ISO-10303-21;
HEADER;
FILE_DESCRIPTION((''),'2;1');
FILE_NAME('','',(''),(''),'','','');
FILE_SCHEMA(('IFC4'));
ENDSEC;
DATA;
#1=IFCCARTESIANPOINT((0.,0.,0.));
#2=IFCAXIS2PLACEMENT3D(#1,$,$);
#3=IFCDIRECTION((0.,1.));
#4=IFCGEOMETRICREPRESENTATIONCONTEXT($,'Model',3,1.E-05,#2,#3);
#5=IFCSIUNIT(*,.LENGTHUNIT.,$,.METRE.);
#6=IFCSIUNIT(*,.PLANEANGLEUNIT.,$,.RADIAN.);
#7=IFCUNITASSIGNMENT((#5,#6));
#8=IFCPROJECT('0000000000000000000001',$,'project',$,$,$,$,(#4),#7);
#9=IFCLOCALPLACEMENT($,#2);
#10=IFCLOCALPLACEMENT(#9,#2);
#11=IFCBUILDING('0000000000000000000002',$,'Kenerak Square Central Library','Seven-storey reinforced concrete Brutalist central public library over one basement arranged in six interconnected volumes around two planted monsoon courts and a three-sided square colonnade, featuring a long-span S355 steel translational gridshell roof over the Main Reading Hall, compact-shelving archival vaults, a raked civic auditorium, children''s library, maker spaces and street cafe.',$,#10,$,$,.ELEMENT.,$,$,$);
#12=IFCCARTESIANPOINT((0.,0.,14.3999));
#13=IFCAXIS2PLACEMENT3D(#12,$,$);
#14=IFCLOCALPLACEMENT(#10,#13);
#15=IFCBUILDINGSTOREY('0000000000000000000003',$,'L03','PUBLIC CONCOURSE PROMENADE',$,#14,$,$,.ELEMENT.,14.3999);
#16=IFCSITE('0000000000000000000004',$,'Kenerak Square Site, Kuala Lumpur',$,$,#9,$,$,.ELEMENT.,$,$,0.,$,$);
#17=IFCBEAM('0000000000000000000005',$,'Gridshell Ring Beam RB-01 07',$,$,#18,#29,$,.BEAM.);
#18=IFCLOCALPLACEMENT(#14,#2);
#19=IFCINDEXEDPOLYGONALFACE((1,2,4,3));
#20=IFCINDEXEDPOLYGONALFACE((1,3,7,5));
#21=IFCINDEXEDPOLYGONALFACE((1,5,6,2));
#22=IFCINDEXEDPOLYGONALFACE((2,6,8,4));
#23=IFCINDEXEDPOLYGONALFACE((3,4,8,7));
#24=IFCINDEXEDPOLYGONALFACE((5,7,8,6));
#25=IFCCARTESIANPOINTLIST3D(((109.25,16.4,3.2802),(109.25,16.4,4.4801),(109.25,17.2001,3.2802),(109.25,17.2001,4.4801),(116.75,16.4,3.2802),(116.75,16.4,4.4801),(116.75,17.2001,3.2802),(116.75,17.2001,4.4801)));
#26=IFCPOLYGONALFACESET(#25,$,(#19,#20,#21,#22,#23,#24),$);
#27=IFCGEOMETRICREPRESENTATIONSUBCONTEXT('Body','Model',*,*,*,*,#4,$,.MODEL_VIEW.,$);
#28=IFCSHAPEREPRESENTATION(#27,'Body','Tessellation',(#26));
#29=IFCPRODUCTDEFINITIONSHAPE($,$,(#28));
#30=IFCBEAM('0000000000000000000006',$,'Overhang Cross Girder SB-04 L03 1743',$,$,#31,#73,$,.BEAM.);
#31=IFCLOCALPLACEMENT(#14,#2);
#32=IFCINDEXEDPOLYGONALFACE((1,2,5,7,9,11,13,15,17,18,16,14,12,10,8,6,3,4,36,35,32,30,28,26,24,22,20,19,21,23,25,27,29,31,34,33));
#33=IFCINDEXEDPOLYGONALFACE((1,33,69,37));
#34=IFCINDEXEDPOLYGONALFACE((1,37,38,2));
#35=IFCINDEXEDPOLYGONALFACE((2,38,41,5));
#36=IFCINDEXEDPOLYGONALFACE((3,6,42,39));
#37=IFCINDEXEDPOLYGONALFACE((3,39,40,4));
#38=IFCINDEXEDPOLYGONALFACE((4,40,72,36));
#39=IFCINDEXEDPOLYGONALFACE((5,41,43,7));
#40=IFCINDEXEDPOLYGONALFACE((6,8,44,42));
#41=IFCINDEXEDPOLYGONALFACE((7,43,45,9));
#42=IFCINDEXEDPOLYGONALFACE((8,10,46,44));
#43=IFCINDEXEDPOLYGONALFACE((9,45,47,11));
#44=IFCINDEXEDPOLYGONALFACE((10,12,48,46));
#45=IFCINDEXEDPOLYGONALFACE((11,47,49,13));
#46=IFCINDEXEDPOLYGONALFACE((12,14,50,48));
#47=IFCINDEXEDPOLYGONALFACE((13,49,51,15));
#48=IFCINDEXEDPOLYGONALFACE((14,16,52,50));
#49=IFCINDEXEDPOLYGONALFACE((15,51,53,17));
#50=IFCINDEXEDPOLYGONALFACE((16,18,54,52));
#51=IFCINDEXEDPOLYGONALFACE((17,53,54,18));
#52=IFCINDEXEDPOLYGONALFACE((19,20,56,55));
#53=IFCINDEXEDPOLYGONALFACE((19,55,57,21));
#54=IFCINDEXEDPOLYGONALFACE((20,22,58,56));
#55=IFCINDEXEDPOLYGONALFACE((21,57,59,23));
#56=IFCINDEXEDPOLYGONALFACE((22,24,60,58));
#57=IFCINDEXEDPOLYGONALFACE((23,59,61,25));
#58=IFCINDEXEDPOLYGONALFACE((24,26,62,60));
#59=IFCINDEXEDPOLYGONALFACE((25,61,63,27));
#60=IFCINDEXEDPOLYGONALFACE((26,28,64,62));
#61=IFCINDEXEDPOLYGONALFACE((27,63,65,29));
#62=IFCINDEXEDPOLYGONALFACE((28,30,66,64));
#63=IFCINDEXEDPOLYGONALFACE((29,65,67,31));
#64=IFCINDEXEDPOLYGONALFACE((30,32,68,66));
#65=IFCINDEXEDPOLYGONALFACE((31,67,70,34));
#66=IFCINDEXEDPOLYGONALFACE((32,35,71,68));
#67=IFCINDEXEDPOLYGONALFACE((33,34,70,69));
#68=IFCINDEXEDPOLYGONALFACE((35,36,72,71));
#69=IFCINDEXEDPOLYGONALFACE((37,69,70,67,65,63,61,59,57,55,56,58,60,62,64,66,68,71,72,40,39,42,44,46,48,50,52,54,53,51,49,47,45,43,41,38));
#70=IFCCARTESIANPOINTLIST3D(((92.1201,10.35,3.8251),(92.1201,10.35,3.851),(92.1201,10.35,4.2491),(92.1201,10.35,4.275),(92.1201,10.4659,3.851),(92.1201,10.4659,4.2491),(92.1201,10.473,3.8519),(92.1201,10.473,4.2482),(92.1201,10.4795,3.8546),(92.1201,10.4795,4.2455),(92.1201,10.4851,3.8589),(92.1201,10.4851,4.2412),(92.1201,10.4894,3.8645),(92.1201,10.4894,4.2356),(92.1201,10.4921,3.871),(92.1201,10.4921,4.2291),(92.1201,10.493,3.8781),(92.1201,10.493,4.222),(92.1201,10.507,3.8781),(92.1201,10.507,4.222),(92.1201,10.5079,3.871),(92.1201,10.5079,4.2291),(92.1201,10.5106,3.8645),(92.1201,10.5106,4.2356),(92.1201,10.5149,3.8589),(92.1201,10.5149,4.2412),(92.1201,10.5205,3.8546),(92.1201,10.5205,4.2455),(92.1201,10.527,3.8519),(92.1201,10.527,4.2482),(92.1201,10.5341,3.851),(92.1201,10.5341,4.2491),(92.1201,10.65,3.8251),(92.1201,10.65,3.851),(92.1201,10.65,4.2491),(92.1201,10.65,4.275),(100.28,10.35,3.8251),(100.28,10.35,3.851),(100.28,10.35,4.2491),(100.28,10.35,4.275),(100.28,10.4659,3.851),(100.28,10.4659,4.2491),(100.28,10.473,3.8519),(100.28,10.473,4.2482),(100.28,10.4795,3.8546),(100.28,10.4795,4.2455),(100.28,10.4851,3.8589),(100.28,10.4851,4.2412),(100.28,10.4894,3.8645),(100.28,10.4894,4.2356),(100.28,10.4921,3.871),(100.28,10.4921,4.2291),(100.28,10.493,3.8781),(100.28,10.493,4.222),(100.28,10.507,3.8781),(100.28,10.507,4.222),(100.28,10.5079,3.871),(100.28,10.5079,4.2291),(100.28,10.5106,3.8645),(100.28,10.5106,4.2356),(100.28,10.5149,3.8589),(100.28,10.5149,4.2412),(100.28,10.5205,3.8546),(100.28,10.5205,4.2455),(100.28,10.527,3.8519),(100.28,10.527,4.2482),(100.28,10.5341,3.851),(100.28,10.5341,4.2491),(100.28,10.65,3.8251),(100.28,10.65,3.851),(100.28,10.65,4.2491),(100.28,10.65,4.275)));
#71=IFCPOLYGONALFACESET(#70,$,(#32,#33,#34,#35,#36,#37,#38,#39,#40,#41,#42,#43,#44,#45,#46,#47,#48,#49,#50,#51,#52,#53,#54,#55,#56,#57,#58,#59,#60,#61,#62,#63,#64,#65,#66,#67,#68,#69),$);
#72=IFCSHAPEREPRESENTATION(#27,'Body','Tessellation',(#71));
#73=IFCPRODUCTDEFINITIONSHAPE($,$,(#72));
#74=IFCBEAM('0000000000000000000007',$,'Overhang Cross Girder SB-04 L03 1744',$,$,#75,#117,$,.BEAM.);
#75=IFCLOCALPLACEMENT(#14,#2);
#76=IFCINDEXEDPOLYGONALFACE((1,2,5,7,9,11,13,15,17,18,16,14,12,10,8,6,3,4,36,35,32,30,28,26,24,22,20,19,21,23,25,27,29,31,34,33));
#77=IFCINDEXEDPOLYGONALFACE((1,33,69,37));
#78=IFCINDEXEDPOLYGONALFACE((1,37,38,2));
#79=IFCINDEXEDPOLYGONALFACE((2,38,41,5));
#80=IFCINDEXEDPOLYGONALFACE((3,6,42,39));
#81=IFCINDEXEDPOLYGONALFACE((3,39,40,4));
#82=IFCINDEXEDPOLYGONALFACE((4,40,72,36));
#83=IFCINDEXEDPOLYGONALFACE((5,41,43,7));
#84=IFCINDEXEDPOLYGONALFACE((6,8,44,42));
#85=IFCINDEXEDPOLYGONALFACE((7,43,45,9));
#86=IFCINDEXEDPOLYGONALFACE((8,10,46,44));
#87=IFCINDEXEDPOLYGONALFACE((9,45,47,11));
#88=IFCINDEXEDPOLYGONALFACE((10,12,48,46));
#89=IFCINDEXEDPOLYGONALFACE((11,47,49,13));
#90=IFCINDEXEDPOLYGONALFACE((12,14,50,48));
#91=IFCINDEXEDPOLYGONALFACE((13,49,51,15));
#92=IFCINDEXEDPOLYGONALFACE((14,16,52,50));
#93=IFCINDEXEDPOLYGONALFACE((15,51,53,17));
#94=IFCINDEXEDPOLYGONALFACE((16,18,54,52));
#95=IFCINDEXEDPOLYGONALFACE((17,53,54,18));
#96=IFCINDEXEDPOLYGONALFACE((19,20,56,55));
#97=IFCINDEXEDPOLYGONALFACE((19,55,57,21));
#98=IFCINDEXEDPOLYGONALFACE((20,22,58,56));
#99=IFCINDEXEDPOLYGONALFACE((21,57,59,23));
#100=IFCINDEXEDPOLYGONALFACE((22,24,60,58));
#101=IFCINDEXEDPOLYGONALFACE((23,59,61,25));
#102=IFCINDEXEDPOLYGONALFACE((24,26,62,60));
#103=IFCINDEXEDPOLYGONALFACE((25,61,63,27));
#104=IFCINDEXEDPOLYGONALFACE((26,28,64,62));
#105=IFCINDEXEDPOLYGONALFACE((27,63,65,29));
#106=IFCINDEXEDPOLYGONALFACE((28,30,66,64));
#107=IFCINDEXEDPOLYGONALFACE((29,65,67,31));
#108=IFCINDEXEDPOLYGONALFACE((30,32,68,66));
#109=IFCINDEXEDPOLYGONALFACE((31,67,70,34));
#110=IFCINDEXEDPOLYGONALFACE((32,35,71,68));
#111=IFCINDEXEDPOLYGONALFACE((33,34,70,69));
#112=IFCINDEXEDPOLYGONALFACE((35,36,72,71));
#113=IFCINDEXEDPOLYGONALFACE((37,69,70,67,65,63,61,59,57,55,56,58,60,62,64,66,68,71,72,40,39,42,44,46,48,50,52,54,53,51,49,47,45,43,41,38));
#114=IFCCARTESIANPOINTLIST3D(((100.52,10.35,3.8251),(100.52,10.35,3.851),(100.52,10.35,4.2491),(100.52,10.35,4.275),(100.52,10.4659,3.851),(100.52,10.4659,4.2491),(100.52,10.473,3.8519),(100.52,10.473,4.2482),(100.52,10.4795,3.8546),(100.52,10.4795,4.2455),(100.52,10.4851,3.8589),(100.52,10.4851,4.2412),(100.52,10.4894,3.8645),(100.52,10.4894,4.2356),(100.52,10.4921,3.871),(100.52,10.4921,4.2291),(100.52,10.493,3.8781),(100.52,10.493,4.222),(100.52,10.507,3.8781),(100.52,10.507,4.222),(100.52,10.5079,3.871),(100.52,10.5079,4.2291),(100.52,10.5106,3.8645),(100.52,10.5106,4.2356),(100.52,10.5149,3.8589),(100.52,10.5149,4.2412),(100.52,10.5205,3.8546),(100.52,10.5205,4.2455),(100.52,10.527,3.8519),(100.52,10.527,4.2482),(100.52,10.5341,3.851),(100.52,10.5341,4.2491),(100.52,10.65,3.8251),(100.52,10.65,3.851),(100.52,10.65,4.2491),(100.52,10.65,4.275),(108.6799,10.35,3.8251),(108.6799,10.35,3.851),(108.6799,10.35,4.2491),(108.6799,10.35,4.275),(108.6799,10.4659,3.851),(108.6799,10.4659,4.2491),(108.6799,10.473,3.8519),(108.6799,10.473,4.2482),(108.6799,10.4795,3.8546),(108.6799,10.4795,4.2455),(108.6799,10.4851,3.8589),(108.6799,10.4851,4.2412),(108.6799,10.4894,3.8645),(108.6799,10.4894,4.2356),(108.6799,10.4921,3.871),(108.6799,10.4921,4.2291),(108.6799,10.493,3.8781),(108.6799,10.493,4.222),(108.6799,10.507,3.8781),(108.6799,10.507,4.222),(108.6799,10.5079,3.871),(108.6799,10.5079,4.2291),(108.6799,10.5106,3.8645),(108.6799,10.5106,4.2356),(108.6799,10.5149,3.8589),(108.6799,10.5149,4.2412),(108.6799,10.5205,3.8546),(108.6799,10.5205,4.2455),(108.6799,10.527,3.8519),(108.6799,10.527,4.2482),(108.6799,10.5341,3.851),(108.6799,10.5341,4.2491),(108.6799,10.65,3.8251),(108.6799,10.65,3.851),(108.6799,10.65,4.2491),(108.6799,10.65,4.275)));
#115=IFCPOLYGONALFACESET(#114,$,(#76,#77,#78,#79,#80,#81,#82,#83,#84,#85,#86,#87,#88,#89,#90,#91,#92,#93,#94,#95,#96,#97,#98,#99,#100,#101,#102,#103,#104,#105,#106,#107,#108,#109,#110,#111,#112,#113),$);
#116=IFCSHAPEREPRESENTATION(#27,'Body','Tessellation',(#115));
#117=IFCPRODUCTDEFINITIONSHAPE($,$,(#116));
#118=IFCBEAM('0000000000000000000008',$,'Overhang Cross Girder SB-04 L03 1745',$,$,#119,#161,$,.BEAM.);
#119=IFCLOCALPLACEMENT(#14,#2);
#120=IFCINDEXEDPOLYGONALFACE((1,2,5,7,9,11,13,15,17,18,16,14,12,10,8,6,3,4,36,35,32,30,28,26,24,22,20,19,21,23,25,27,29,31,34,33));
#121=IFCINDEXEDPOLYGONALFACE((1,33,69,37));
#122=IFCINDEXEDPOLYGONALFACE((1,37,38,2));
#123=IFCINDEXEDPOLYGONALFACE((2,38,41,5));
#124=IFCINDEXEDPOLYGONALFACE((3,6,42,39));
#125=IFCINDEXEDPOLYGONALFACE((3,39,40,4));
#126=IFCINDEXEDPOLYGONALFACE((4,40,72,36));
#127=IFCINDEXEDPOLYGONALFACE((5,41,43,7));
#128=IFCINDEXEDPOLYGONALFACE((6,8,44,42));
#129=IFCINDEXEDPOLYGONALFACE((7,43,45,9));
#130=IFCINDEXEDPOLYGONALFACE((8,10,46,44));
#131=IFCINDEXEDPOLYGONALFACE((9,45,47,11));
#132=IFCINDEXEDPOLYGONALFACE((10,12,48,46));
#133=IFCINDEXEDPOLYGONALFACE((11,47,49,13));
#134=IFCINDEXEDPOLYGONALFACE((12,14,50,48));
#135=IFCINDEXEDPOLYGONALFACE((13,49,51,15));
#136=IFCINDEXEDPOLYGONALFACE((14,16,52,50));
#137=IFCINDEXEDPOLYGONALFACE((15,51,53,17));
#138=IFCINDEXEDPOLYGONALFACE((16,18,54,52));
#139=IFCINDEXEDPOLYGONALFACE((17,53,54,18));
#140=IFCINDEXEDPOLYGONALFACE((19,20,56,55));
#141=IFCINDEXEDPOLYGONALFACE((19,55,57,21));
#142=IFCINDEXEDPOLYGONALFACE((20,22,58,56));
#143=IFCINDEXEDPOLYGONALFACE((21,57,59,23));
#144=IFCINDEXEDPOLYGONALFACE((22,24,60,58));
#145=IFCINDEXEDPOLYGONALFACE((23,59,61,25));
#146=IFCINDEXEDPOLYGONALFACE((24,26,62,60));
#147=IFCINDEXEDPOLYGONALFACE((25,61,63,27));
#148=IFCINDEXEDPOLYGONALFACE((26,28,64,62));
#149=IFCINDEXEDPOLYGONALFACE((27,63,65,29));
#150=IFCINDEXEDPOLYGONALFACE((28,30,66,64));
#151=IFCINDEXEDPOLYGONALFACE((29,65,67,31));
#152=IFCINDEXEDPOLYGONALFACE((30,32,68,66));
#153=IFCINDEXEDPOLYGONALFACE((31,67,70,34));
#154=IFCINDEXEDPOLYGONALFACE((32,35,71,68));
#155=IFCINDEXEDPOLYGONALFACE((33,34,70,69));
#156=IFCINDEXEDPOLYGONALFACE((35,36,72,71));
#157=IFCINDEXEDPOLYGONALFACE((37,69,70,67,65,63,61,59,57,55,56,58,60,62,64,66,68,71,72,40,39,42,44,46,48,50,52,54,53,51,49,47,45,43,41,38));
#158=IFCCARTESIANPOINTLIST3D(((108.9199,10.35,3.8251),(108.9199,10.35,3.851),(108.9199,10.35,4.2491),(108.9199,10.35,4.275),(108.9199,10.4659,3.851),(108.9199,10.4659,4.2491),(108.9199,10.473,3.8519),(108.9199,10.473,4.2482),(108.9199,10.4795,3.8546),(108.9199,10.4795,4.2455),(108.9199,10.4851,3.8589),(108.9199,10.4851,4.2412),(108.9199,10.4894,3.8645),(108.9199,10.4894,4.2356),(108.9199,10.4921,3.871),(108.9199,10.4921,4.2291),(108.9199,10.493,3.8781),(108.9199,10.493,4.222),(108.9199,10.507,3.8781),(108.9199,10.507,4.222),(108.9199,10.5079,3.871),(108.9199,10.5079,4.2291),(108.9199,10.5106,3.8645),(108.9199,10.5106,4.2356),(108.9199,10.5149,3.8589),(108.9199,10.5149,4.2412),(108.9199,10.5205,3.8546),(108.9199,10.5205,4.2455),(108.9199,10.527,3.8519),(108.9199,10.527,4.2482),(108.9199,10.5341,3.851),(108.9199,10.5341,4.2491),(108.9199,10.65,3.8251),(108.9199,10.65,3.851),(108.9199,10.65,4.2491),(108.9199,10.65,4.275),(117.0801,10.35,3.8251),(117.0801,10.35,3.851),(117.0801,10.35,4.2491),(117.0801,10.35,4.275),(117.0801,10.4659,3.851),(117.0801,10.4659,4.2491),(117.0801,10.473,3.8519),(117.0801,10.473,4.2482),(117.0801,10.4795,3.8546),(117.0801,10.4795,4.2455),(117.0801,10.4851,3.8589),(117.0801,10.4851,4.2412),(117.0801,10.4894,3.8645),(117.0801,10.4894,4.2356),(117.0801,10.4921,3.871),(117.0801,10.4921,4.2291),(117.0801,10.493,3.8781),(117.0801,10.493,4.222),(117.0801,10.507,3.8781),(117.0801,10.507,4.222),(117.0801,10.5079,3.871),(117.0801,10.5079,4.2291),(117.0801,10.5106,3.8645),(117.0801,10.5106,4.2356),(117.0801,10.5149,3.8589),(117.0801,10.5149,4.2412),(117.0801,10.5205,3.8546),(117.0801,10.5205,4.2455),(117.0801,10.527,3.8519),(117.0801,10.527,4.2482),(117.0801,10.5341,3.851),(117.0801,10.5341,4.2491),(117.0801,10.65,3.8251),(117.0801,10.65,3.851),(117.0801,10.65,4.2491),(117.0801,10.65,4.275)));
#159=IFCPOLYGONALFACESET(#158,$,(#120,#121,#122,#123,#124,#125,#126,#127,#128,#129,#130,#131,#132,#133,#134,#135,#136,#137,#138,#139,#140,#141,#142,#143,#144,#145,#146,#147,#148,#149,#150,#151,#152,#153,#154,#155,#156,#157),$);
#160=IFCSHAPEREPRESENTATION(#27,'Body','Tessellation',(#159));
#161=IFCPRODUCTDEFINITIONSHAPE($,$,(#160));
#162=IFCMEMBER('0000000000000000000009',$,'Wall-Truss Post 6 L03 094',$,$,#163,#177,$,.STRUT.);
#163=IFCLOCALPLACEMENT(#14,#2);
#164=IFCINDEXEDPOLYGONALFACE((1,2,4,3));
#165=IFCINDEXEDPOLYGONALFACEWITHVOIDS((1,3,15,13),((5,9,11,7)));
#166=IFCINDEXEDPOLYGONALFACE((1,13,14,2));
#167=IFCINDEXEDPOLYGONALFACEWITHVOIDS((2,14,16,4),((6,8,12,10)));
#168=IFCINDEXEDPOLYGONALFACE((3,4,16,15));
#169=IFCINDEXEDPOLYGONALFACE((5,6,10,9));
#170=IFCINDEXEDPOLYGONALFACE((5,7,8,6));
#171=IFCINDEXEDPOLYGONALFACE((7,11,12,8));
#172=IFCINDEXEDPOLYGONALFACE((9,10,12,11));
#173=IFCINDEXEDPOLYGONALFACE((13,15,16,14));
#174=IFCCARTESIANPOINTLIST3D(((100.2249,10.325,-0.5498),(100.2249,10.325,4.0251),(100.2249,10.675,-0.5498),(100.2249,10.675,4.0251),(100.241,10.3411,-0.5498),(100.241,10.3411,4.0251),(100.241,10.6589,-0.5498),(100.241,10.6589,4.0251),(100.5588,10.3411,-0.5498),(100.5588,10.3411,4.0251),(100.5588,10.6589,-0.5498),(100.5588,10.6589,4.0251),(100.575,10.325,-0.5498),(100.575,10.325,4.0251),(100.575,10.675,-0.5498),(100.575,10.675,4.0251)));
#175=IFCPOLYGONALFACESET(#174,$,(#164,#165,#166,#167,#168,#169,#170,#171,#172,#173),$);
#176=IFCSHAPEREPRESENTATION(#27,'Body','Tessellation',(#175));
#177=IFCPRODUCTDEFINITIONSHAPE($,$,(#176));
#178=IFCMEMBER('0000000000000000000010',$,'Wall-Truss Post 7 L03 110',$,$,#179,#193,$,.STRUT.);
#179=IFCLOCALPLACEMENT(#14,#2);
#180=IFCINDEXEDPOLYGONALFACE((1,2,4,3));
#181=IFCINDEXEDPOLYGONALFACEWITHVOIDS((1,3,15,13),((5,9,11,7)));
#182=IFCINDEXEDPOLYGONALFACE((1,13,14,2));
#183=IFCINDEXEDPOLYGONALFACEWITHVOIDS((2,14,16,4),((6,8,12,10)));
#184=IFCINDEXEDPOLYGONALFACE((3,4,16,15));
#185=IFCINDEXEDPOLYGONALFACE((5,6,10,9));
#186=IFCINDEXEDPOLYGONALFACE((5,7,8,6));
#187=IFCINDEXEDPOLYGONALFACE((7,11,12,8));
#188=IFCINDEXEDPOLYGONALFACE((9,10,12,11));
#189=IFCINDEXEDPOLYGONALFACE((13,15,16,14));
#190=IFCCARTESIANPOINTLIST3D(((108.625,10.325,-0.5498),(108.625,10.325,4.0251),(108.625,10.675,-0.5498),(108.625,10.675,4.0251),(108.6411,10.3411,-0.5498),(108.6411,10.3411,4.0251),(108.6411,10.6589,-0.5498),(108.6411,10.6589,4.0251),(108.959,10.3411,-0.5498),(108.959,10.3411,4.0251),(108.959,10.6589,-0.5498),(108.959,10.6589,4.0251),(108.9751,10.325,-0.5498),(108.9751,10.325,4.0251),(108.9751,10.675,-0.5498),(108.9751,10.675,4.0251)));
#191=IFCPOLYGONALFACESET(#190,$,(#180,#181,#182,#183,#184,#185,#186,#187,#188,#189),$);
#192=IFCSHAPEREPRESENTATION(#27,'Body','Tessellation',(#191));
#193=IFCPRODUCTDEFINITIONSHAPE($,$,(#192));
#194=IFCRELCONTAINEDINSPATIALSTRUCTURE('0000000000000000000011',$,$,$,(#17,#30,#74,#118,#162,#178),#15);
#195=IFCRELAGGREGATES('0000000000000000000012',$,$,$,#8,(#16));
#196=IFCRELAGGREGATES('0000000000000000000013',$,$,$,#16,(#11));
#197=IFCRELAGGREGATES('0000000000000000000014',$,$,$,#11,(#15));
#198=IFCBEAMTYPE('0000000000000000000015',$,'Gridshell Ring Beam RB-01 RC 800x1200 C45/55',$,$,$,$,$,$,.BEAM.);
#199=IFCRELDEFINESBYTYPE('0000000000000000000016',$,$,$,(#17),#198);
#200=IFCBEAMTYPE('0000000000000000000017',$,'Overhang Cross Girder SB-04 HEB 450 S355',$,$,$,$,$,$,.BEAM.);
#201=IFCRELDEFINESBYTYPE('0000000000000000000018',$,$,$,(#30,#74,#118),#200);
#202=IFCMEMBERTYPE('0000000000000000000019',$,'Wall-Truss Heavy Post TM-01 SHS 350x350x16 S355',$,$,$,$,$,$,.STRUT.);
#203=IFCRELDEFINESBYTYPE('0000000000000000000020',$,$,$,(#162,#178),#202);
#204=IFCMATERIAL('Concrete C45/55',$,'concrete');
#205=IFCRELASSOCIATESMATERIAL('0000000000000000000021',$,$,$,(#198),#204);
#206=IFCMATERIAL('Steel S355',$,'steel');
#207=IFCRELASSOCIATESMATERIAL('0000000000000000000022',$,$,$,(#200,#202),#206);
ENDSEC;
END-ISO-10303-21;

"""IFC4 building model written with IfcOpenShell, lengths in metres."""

from ifc_helpers import new_model, si_unit, direction, frame, origin, origin_2d, place, context, subcontext, project, spatial, rectangle, hollow_rectangle, i_section, extrude, material, material_profile, profile_set, type_object, element, save


model = new_model("IFC4")

# Units and contexts
model_context = context("Model", 3, precision=1e-05, world=origin(), true_north=direction((0.0, 1.0)))
body_context = subcontext(model_context, "Body", "Model", "MODEL_VIEW")
ifc_project = project(units=[si_unit("LENGTHUNIT", "METRE"), si_unit("PLANEANGLEUNIT", "RADIAN")], contexts=[model_context])

# Site, building, storey
site_placement = place(None, origin())
site = spatial("IfcSite", under=ifc_project, at=site_placement, Name="Kenerak Square Site, Kuala Lumpur", CompositionType="ELEMENT", RefElevation=0.0)
building_placement = place(site_placement, origin())
building = spatial("IfcBuilding", under=site, at=building_placement, Name="Kenerak Square Central Library", Description="Seven-storey reinforced concrete Brutalist central public library over one basement arranged in six interconnected volumes around two planted monsoon courts and a three-sided square colonnade, featuring a long-span S355 steel translational gridshell roof over the Main Reading Hall, compact-shelving archival vaults, a raked civic auditorium, children's library, maker spaces and street cafe.", CompositionType="ELEMENT")
storey_placement = place(building_placement, frame((0.0, 0.0, 14.3999)))
storey = spatial("IfcBuildingStorey", under=building, at=storey_placement, Name="L03", Description="PUBLIC CONCOURSE PROMENADE", CompositionType="ELEMENT", Elevation=14.3999)

# Shared definitions
ifc_material_1 = material(Name="Concrete C45/55", Category="concrete")

# Beams
ifc_material_2 = material(Name="Steel S355", Category="steel")
ifc_material_profile_1 = material_profile(ifc_material_1, rectangle(XDim=0.8, YDim=1.2, at=origin_2d()), Name="RC 800x1200")
ifc_profile_set_1 = profile_set([ifc_material_profile_1], Name="Concrete C45/55")
beam_type_1 = type_object("IfcBeamType", Name="Gridshell Ring Beam RB-01 RC 800x1200 C45/55", PredefinedType="BEAM", material=ifc_profile_set_1)
for number, where, z_axis, x_axis, name in (
    (1, (109.25, 16.8, 3.8801), (1.0, 0.0, 0.0), (0.0, 1.0, 0.0), "Gridshell Ring Beam RB-01 07"),
):
    element("IfcBeam", number, at=place(storey_placement, frame(where, z_axis=z_axis, x_axis=x_axis)), inside=storey, type_object=beam_type_1, Name=name, PredefinedType="BEAM", context=body_context, shape_type="SweptSolid", body=[
        extrude(rectangle(XDim=0.8, YDim=1.2, at=origin_2d()), origin(), (0.0, 0.0, 1.0), 7.5),
    ])
ifc_material_profile_2 = material_profile(ifc_material_2, i_section(OverallWidth=0.3, OverallDepth=0.45, WebThickness=0.0139, FlangeThickness=0.0259, FilletRadius=0.0271, at=origin_2d()), Name="HEB 450")
ifc_profile_set_2 = profile_set([ifc_material_profile_2], Name="Steel S355")
beam_type_2 = type_object("IfcBeamType", Name="Overhang Cross Girder SB-04 HEB 450 S355", PredefinedType="BEAM", material=ifc_profile_set_2)
for number, where, z_axis, x_axis, name in (
    (2, (92.1201, 10.5, 4.05), (1.0, 0.0, 0.0), (0.0, 1.0, 0.0), "Overhang Cross Girder SB-04 L03 1743"),
    (3, (100.52, 10.5, 4.05), (1.0, 0.0, 0.0), (0.0, 1.0, 0.0), "Overhang Cross Girder SB-04 L03 1744"),
):
    element("IfcBeam", number, at=place(storey_placement, frame(where, z_axis=z_axis, x_axis=x_axis)), inside=storey, type_object=beam_type_2, Name=name, PredefinedType="BEAM", context=body_context, shape_type="SweptSolid", body=[
        extrude(i_section(OverallWidth=0.3, OverallDepth=0.45, WebThickness=0.0139, FlangeThickness=0.0259, FilletRadius=0.0271, at=origin_2d()), origin(), (0.0, 0.0, 1.0), 8.1599),
    ])
beam_placement = place(storey_placement, frame((108.9199, 10.5, 4.05), z_axis=(1.0, 0.0, 0.0), x_axis=(0.0, 1.0, 0.0)))
element("IfcBeam", 4, at=beam_placement, inside=storey, type_object=beam_type_2, Name="Overhang Cross Girder SB-04 L03 1745", PredefinedType="BEAM", context=body_context, shape_type="SweptSolid", body=[
    extrude(i_section(OverallWidth=0.3, OverallDepth=0.45, WebThickness=0.0139, FlangeThickness=0.0259, FilletRadius=0.0271, at=origin_2d()), origin(), (0.0, 0.0, 1.0), 8.1602),
])

# Members
ifc_material_profile_3 = material_profile(ifc_material_2, hollow_rectangle(XDim=0.3501, YDim=0.3501, WallThickness=0.0161, at=origin_2d()), Name="SHS 350x350x16.0")
ifc_profile_set_3 = profile_set([ifc_material_profile_3], Name="Steel S355")
member_type_1 = type_object("IfcMemberType", Name="Wall-Truss Heavy Post TM-01 SHS 350x350x16 S355", PredefinedType="STRUT", material=ifc_profile_set_3)
for number, where, z_axis, x_axis, name in (
    (5, (100.3999, 10.5, -0.5498), (0.0, 0.0, 1.0), (1.0, 0.0, 0.0), "Wall-Truss Post 6 L03 094"),
    (6, (108.8, 10.5, -0.5498), (0.0, 0.0, 1.0), (1.0, 0.0, 0.0), "Wall-Truss Post 7 L03 110"),
):
    element("IfcMember", number, at=place(storey_placement, frame(where, z_axis=z_axis, x_axis=x_axis)), inside=storey, type_object=member_type_1, Name=name, PredefinedType="STRUT", context=body_context, shape_type="SweptSolid", body=[
        extrude(hollow_rectangle(XDim=0.3501, YDim=0.3501, WallThickness=0.0161, at=origin_2d()), origin(), (0.0, 0.0, 1.0), 4.575),
    ])

save(model, "model.ifc")
